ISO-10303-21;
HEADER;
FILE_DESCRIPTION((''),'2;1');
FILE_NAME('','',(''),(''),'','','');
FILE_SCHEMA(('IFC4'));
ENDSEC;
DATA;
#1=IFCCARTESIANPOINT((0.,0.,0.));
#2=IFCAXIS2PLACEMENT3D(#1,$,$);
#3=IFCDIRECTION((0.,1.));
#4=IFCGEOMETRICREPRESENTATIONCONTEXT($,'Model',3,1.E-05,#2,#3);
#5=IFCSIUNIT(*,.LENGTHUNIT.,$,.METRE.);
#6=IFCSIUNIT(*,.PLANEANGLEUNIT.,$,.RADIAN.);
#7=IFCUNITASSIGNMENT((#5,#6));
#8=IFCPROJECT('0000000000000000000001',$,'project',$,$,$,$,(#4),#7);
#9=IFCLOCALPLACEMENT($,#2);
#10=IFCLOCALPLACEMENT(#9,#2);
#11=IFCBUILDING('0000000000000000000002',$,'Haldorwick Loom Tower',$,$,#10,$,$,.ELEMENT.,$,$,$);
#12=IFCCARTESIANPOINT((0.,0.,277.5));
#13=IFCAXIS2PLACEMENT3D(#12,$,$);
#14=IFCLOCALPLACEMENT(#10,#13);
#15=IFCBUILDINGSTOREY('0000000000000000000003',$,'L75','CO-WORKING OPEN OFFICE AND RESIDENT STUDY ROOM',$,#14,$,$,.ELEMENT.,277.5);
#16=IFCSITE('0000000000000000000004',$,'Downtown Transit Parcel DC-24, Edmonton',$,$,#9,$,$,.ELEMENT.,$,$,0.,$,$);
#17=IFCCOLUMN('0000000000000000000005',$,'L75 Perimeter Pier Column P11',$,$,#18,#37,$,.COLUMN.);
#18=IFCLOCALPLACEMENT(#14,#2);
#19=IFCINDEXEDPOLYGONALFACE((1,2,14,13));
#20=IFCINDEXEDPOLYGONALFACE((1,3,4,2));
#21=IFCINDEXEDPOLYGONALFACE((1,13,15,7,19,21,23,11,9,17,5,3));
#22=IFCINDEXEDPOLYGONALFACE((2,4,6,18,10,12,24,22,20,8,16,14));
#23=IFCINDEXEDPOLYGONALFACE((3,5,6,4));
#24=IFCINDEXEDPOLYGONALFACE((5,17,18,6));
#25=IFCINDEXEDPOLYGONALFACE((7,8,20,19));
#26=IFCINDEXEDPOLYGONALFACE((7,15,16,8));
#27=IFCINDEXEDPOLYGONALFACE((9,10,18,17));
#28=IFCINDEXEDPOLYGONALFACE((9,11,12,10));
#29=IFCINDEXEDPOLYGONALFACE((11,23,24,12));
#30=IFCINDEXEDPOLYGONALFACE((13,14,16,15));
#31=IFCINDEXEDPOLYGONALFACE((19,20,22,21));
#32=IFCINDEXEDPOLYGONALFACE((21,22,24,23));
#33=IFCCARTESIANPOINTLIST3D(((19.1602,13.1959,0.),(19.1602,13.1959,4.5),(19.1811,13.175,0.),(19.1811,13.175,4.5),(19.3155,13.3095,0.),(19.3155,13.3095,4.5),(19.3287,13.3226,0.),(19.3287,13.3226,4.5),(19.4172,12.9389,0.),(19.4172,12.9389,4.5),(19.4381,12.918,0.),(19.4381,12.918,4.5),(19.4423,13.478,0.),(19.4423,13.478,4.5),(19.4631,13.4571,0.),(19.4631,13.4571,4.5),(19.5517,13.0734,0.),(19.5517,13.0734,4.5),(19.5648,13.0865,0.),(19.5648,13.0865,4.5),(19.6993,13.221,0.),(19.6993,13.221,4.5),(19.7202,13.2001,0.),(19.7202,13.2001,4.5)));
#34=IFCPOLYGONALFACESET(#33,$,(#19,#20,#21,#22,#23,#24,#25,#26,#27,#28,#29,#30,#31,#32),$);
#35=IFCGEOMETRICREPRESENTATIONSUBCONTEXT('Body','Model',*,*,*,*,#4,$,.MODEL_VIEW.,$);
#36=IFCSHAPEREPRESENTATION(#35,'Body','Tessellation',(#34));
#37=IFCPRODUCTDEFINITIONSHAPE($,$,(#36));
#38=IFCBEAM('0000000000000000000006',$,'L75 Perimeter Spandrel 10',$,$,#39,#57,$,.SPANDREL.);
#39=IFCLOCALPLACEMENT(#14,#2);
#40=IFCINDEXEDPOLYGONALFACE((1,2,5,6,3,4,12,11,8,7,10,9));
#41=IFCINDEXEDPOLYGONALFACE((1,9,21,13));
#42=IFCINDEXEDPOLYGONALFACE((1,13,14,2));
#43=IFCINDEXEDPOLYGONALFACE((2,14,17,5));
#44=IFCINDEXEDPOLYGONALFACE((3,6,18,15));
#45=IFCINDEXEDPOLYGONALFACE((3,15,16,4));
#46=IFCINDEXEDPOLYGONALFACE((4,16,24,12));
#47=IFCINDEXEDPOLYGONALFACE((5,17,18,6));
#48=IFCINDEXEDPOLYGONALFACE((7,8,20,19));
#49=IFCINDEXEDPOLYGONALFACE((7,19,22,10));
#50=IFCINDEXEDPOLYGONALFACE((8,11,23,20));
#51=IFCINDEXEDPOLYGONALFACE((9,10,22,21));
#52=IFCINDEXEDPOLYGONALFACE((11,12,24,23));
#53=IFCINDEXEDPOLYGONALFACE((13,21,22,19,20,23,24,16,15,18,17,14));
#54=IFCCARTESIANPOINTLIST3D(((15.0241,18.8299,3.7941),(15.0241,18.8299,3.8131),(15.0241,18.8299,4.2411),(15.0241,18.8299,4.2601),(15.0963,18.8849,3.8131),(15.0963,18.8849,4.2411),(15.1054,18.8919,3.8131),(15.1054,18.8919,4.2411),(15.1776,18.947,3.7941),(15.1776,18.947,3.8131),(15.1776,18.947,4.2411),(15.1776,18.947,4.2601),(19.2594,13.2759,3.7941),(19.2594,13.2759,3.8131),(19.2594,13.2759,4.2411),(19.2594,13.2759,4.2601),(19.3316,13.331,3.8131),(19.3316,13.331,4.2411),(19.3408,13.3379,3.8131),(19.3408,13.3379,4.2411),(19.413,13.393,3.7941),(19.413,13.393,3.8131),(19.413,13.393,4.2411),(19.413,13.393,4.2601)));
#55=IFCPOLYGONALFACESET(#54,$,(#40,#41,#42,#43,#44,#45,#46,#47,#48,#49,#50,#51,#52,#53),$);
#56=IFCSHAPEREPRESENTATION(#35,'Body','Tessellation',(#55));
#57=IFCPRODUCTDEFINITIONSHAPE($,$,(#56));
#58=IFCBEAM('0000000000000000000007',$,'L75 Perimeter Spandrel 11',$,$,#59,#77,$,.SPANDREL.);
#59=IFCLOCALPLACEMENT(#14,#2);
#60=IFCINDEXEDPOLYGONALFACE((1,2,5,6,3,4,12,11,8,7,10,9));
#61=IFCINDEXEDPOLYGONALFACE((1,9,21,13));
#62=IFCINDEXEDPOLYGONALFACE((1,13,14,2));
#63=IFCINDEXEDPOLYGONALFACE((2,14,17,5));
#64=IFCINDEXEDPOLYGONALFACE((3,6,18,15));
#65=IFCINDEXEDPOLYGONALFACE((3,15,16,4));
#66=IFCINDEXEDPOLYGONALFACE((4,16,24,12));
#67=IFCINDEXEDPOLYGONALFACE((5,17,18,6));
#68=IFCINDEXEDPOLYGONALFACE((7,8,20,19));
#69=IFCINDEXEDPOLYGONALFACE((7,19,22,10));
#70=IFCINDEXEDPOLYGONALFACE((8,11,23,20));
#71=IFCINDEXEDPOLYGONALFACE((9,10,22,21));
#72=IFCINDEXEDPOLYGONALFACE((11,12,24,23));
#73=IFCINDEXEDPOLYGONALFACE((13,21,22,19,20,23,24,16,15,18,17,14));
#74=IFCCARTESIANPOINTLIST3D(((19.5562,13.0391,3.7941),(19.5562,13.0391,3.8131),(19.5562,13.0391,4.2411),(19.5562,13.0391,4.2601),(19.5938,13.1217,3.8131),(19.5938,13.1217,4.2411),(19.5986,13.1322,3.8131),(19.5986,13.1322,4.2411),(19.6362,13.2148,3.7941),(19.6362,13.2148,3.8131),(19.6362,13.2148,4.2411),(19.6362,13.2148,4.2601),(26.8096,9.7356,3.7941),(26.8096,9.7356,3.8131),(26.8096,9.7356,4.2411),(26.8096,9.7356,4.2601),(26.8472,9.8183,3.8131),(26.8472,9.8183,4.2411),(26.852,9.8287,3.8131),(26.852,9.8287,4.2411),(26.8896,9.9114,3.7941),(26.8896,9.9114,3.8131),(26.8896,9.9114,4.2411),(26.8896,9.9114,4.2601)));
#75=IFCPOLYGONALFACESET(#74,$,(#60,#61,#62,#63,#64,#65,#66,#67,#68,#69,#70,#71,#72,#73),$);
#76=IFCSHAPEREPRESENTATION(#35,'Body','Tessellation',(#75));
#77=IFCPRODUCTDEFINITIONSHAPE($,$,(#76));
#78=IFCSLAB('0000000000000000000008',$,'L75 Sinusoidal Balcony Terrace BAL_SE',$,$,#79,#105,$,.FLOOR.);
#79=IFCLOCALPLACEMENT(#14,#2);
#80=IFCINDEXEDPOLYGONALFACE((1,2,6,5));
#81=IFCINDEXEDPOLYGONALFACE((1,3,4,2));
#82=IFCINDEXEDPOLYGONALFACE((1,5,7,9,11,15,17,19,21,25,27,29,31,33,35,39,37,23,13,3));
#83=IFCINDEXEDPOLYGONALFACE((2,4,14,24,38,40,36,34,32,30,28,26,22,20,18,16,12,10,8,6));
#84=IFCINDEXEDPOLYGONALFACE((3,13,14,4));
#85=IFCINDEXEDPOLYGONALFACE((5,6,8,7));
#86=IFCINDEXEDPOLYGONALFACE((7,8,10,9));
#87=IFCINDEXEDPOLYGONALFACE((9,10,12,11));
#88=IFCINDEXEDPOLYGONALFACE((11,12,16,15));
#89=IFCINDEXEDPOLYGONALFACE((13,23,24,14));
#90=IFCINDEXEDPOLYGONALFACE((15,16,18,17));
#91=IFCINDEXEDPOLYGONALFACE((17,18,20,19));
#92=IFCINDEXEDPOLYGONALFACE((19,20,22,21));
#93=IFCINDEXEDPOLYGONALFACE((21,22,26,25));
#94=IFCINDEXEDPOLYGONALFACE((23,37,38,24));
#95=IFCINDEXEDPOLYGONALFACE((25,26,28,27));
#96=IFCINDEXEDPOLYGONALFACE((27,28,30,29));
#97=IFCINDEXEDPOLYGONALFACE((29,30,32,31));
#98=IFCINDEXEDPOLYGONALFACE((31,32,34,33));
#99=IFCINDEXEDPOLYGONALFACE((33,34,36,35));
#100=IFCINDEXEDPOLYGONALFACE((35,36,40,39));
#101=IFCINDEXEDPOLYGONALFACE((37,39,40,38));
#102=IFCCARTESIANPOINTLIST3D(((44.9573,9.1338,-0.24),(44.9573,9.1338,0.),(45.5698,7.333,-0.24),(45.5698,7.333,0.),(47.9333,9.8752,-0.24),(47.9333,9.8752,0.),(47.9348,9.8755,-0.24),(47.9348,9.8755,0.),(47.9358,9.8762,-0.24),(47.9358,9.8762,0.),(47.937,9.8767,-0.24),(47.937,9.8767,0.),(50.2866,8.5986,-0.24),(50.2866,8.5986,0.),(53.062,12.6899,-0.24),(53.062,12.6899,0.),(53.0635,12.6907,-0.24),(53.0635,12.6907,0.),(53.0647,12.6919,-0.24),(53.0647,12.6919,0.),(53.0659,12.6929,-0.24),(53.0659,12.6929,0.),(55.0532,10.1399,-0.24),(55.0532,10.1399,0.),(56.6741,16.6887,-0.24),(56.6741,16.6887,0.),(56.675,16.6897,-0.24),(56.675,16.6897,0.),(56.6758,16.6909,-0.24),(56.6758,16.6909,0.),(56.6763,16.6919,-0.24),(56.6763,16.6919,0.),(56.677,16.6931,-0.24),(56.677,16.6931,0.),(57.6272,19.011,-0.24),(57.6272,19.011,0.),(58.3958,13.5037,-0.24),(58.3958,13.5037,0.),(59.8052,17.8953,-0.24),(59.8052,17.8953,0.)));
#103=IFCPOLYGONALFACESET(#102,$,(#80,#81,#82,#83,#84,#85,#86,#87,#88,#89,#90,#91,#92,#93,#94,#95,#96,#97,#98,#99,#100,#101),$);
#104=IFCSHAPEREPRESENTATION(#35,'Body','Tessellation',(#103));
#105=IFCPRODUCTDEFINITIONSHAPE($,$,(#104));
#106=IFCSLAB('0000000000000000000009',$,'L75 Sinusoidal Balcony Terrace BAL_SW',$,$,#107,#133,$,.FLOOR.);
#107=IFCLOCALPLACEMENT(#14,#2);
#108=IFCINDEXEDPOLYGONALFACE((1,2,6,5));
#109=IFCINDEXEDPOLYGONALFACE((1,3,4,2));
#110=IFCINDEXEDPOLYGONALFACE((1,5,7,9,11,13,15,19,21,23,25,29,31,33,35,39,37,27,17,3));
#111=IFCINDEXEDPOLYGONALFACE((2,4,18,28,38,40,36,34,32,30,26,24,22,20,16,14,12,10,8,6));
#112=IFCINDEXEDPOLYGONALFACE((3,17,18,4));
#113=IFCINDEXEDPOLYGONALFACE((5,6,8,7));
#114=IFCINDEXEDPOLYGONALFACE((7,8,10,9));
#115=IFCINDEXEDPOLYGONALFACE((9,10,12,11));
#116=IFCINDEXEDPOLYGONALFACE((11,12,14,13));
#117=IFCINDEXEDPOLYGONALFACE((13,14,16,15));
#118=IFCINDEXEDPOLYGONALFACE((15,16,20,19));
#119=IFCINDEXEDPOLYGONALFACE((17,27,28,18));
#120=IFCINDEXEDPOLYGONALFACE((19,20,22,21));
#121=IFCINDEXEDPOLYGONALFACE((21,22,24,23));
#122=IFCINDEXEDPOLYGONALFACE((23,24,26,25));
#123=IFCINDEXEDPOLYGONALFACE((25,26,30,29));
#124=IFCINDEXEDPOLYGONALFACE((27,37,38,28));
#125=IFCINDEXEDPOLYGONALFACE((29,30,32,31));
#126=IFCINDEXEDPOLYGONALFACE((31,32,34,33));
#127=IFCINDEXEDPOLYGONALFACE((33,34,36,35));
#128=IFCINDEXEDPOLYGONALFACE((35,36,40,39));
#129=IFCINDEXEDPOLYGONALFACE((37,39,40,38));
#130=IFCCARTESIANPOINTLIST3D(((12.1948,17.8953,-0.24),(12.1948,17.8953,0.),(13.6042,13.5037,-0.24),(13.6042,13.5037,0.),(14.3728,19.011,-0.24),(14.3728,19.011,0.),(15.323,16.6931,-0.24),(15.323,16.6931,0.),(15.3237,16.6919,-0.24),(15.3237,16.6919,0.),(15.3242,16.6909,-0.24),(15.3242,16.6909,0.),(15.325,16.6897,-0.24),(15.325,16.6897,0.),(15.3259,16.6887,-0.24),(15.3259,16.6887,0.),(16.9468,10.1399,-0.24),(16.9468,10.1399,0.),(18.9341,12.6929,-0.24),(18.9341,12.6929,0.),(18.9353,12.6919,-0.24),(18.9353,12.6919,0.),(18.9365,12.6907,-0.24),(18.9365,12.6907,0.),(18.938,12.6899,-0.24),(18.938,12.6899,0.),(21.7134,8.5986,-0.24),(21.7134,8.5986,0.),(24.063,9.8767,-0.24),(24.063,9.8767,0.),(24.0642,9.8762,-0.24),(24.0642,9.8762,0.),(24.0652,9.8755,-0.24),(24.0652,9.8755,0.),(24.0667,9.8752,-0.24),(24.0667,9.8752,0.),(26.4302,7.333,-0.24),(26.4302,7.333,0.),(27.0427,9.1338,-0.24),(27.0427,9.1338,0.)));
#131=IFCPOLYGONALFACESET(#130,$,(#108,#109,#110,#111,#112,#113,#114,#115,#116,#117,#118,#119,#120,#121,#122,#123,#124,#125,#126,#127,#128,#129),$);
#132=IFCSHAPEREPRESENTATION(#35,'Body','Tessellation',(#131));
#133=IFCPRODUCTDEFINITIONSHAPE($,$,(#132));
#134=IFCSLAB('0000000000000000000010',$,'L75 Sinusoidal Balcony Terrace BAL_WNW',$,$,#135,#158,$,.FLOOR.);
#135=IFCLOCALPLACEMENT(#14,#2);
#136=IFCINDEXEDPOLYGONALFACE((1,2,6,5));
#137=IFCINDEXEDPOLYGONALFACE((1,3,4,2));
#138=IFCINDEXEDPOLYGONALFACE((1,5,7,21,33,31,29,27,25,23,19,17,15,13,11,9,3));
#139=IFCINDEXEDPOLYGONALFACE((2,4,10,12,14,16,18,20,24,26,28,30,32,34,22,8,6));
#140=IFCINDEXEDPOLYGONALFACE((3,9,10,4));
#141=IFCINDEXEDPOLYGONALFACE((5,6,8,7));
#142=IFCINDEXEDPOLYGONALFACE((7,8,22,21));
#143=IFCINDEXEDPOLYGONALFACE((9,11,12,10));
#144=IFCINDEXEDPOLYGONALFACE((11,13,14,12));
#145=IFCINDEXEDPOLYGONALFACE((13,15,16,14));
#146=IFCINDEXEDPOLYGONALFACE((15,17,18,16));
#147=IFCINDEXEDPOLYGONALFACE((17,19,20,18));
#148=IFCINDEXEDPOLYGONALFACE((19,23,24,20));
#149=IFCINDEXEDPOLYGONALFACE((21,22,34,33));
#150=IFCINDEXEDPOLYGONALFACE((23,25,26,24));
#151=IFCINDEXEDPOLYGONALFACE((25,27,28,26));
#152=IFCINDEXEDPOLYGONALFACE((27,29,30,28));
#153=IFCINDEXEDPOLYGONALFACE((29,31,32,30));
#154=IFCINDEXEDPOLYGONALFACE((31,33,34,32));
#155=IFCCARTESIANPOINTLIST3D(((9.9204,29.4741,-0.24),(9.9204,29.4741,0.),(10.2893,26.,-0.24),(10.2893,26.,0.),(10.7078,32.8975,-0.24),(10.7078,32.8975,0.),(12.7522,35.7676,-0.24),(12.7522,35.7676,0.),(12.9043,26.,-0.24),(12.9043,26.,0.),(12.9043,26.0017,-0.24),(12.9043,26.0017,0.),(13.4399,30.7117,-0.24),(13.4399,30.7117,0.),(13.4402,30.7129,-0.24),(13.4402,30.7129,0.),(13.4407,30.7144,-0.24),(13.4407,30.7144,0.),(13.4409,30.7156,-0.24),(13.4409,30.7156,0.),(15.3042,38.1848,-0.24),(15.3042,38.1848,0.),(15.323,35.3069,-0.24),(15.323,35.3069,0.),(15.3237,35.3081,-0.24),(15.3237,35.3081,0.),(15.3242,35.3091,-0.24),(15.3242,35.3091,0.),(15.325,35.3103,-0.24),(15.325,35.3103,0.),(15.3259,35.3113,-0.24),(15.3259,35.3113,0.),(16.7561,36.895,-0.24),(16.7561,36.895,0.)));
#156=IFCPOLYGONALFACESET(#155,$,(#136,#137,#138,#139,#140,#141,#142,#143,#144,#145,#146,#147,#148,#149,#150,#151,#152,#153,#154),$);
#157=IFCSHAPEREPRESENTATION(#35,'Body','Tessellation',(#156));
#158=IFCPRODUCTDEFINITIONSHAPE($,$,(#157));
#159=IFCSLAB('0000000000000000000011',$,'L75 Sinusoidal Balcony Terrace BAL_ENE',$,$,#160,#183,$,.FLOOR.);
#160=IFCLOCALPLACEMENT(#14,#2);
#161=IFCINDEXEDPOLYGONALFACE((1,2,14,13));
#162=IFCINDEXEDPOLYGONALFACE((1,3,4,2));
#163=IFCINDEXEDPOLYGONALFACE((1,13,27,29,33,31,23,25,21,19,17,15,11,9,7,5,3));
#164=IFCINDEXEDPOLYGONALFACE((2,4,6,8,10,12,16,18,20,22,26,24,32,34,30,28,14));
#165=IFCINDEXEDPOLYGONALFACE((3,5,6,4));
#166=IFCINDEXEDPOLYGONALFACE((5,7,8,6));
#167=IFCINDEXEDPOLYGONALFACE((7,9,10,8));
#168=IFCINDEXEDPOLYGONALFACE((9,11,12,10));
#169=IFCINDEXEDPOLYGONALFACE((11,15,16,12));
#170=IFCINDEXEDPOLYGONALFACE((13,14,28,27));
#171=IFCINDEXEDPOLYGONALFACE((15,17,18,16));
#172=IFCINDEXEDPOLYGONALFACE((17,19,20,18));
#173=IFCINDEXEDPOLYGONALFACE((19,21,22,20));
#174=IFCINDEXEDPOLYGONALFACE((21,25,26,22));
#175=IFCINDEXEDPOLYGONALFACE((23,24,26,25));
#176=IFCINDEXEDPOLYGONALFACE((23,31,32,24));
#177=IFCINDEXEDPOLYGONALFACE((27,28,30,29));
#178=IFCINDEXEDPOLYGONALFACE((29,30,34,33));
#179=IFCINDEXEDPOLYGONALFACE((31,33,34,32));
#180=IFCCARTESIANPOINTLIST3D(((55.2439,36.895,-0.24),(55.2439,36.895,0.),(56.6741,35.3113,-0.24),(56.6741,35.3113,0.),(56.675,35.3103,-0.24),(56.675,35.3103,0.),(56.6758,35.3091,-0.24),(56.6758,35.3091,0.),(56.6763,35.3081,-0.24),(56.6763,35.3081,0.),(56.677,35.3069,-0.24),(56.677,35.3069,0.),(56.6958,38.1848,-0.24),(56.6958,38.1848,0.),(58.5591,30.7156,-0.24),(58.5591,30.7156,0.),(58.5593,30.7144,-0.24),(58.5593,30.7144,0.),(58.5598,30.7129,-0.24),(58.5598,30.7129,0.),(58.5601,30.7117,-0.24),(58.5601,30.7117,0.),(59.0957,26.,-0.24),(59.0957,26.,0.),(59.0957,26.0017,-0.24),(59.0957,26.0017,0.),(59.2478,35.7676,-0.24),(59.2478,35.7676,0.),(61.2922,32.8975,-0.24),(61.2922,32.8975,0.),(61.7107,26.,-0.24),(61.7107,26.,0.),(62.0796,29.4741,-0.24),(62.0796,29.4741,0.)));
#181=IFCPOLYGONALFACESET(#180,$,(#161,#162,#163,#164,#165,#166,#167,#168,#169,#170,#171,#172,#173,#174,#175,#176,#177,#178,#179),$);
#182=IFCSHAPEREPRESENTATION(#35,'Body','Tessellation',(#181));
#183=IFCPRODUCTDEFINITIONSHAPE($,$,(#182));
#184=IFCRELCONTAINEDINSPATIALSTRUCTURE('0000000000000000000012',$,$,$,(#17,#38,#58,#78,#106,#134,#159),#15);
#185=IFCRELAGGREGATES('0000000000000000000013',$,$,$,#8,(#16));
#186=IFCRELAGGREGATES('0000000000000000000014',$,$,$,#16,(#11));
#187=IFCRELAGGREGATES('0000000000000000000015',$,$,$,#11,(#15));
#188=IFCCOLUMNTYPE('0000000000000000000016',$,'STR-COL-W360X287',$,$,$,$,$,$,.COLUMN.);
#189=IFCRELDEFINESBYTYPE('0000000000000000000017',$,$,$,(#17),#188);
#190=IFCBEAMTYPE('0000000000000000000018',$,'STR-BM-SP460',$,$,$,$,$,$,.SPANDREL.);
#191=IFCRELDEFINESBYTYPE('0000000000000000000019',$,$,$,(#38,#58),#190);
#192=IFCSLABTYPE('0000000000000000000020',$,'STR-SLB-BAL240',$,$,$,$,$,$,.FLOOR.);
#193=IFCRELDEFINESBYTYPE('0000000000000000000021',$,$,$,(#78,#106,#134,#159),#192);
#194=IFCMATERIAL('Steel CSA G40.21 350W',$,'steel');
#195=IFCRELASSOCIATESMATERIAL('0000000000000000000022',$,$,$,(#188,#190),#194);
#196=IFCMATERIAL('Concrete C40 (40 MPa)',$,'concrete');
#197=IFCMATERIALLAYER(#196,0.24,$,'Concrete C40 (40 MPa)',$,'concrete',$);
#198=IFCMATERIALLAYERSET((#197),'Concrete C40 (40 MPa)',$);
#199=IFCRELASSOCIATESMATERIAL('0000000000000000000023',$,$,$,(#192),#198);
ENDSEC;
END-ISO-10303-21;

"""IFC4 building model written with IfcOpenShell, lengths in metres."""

from ifc_helpers import new_model, si_unit, direction, frame, origin, origin_2d, place, context, subcontext, project, spatial, polyline, i_section, outline, extrude, material, layer, layer_set, material_profile, profile_set, type_object, element, save


model = new_model("IFC4")

# Units and contexts
model_context = context("Model", 3, precision=1e-05, world=origin(), true_north=direction((0.0, 1.0)))
body_context = subcontext(model_context, "Body", "Model", "MODEL_VIEW")
ifc_project = project(units=[si_unit("LENGTHUNIT", "METRE"), si_unit("PLANEANGLEUNIT", "RADIAN")], contexts=[model_context])

# Site, building, storey
site_placement = place(None, origin())
site = spatial("IfcSite", under=ifc_project, at=site_placement, Name="Downtown Transit Parcel DC-24, Edmonton", CompositionType="ELEMENT", RefElevation=0.0)
building_placement = place(site_placement, origin())
building = spatial("IfcBuilding", under=site, at=building_placement, Name="Haldorwick Loom Tower", CompositionType="ELEMENT")
storey_placement = place(building_placement, frame((0.0, 0.0, 277.5)))
storey = spatial("IfcBuildingStorey", under=building, at=storey_placement, Name="L75", Description="CO-WORKING OPEN OFFICE AND RESIDENT STUDY ROOM", CompositionType="ELEMENT", Elevation=277.5)

# Column
ifc_material_1 = material(Name="Steel CSA G40.21 350W", Category="steel")
ifc_material_profile_1 = material_profile(ifc_material_1, i_section(OverallWidth=0.3989, OverallDepth=0.3931, WebThickness=0.0186, FlangeThickness=0.0295, at=origin_2d()), Name="W360X287", Category="steel")
ifc_profile_set_1 = profile_set([ifc_material_profile_1], Name="Steel CSA G40.21 350W")
column_type = type_object("IfcColumnType", Name="STR-COL-W360X287", PredefinedType="COLUMN", material=ifc_profile_set_1)
column_placement = place(storey_placement, frame((19.4402, 13.198, 0.0), z_axis=(0.0, 0.0, 1.0), x_axis=(-0.707107, -0.707107, 0.0)))
element("IfcColumn", 1, at=column_placement, inside=storey, type_object=column_type, Name="L75 Perimeter Pier Column P11", PredefinedType="COLUMN", context=body_context, shape_type="SweptSolid", body=[
    extrude(i_section(OverallWidth=0.3989, OverallDepth=0.3931, WebThickness=0.0186, FlangeThickness=0.0295, at=origin_2d()), origin(), (0.0, 0.0, 1.0), 4.5),
])

# Beams
ifc_material_profile_2 = material_profile(ifc_material_1, i_section(OverallWidth=0.1931, OverallDepth=0.4661, WebThickness=0.0115, FlangeThickness=0.019, at=origin_2d()), Name="W460X97", Category="steel")
ifc_profile_set_2 = profile_set([ifc_material_profile_2], Name="Steel CSA G40.21 350W")
beam_type = type_object("IfcBeamType", Name="STR-BM-SP460", PredefinedType="SPANDREL", material=ifc_profile_set_2)
beam_1_placement = place(storey_placement, frame((15.1008, 18.8884, 4.0271), z_axis=(0.606384, -0.795172, 0.0), x_axis=(0.795172, 0.606384, 0.0)))
element("IfcBeam", 2, at=beam_1_placement, inside=storey, type_object=beam_type, Name="L75 Perimeter Spandrel 10", PredefinedType="SPANDREL", context=body_context, shape_type="SweptSolid", body=[
    extrude(i_section(OverallWidth=0.1931, OverallDepth=0.4661, WebThickness=0.0115, FlangeThickness=0.019, at=origin_2d()), origin(), (0.0, 0.0, 1.0), 6.9846),
])
beam_2_placement = place(storey_placement, frame((19.5962, 13.127, 4.0271), z_axis=(0.910061, -0.414474, 0.0), x_axis=(0.414474, 0.910061, 0.0)))
element("IfcBeam", 3, at=beam_2_placement, inside=storey, type_object=beam_type, Name="L75 Perimeter Spandrel 11", PredefinedType="SPANDREL", context=body_context, shape_type="SweptSolid", body=[
    extrude(i_section(OverallWidth=0.1931, OverallDepth=0.4661, WebThickness=0.0115, FlangeThickness=0.019, at=origin_2d()), origin(), (0.0, 0.0, 1.0), 7.9702),
])

# Slabs
ifc_material_2 = material(Name="Concrete C40 (40 MPa)", Category="concrete")
ifc_layer_1 = layer(ifc_material_2, 0.24, Name="Concrete C40 (40 MPa)", Category="concrete")
ifc_layer_set_1 = layer_set([ifc_layer_1], Name="Concrete C40 (40 MPa)")
slab_type_1 = type_object("IfcSlabType", Name="STR-SLB-BAL240", PredefinedType="FLOOR", material=ifc_layer_set_1)
slab_1_placement = place(storey_placement, frame((0.0, 0.0, -0.24)))
element("IfcSlab", 4, at=slab_1_placement, inside=storey, type_object=slab_type_1, Name="L75 Sinusoidal Balcony Terrace BAL_SE", PredefinedType="FLOOR", context=body_context, shape_type="SweptSolid", body=[
    extrude(outline(polyline([(57.6272, 19.011), (56.677, 16.6931), (56.6763, 16.6919), (56.6758, 16.6909), (56.675, 16.6897), (56.6741, 16.6887), (53.0659, 12.6929), (53.0647, 12.6919), (53.0635, 12.6907), (53.062, 12.6899), (47.937, 9.8767), (47.9358, 9.8762), (47.9348, 9.8755), (47.9333, 9.8752), (44.9573, 9.1338), (45.5698, 7.333), (50.2866, 8.5986), (55.0532, 10.1399), (58.3958, 13.5037), (59.8052, 17.8953), (57.6272, 19.011)])), origin(), (0.0, 0.0, 1.0), 0.24),
])
slab_2_placement = place(storey_placement, frame((0.0, 0.0, -0.24)))
element("IfcSlab", 5, at=slab_2_placement, inside=storey, type_object=slab_type_1, Name="L75 Sinusoidal Balcony Terrace BAL_SW", PredefinedType="FLOOR", context=body_context, shape_type="SweptSolid", body=[
    extrude(outline(polyline([(27.0427, 9.1338), (24.0667, 9.8752), (24.0652, 9.8755), (24.0642, 9.8762), (24.063, 9.8767), (18.938, 12.6899), (18.9365, 12.6907), (18.9353, 12.6919), (18.9341, 12.6929), (15.3259, 16.6887), (15.325, 16.6897), (15.3242, 16.6909), (15.3237, 16.6919), (15.323, 16.6931), (14.3728, 19.011), (12.1948, 17.8953), (13.6042, 13.5037), (16.9468, 10.1399), (21.7134, 8.5986), (26.4302, 7.333), (27.0427, 9.1338)])), origin(), (0.0, 0.0, 1.0), 0.24),
])
slab_3_placement = place(storey_placement, frame((0.0, 0.0, -0.24)))
element("IfcSlab", 6, at=slab_3_placement, inside=storey, type_object=slab_type_1, Name="L75 Sinusoidal Balcony Terrace BAL_WNW", PredefinedType="FLOOR", context=body_context, shape_type="SweptSolid", body=[
    extrude(outline(polyline([(12.9043, 26.0), (12.9043, 26.0017), (13.4399, 30.7117), (13.4402, 30.7129), (13.4407, 30.7144), (13.4409, 30.7156), (15.323, 35.3069), (15.3237, 35.3081), (15.3242, 35.3091), (15.325, 35.3103), (15.3259, 35.3113), (16.7561, 36.895), (15.3042, 38.1848), (12.7522, 35.7676), (10.7078, 32.8975), (9.9204, 29.4741), (10.2893, 26.0), (12.9043, 26.0)])), origin(), (0.0, 0.0, 1.0), 0.24),
])
slab_4_placement = place(storey_placement, frame((0.0, 0.0, -0.24)))
element("IfcSlab", 7, at=slab_4_placement, inside=storey, type_object=slab_type_1, Name="L75 Sinusoidal Balcony Terrace BAL_ENE", PredefinedType="FLOOR", context=body_context, shape_type="SweptSolid", body=[
    extrude(outline(polyline([(55.2439, 36.895), (56.6741, 35.3113), (56.675, 35.3103), (56.6758, 35.3091), (56.6763, 35.3081), (56.677, 35.3069), (58.5591, 30.7156), (58.5593, 30.7144), (58.5598, 30.7129), (58.5601, 30.7117), (59.0957, 26.0017), (59.0957, 26.0), (61.7107, 26.0), (62.0796, 29.4741), (61.2922, 32.8975), (59.2478, 35.7676), (56.6958, 38.1848), (55.2439, 36.895)])), origin(), (0.0, 0.0, 1.0), 0.24),
])

save(model, "model.ifc")
